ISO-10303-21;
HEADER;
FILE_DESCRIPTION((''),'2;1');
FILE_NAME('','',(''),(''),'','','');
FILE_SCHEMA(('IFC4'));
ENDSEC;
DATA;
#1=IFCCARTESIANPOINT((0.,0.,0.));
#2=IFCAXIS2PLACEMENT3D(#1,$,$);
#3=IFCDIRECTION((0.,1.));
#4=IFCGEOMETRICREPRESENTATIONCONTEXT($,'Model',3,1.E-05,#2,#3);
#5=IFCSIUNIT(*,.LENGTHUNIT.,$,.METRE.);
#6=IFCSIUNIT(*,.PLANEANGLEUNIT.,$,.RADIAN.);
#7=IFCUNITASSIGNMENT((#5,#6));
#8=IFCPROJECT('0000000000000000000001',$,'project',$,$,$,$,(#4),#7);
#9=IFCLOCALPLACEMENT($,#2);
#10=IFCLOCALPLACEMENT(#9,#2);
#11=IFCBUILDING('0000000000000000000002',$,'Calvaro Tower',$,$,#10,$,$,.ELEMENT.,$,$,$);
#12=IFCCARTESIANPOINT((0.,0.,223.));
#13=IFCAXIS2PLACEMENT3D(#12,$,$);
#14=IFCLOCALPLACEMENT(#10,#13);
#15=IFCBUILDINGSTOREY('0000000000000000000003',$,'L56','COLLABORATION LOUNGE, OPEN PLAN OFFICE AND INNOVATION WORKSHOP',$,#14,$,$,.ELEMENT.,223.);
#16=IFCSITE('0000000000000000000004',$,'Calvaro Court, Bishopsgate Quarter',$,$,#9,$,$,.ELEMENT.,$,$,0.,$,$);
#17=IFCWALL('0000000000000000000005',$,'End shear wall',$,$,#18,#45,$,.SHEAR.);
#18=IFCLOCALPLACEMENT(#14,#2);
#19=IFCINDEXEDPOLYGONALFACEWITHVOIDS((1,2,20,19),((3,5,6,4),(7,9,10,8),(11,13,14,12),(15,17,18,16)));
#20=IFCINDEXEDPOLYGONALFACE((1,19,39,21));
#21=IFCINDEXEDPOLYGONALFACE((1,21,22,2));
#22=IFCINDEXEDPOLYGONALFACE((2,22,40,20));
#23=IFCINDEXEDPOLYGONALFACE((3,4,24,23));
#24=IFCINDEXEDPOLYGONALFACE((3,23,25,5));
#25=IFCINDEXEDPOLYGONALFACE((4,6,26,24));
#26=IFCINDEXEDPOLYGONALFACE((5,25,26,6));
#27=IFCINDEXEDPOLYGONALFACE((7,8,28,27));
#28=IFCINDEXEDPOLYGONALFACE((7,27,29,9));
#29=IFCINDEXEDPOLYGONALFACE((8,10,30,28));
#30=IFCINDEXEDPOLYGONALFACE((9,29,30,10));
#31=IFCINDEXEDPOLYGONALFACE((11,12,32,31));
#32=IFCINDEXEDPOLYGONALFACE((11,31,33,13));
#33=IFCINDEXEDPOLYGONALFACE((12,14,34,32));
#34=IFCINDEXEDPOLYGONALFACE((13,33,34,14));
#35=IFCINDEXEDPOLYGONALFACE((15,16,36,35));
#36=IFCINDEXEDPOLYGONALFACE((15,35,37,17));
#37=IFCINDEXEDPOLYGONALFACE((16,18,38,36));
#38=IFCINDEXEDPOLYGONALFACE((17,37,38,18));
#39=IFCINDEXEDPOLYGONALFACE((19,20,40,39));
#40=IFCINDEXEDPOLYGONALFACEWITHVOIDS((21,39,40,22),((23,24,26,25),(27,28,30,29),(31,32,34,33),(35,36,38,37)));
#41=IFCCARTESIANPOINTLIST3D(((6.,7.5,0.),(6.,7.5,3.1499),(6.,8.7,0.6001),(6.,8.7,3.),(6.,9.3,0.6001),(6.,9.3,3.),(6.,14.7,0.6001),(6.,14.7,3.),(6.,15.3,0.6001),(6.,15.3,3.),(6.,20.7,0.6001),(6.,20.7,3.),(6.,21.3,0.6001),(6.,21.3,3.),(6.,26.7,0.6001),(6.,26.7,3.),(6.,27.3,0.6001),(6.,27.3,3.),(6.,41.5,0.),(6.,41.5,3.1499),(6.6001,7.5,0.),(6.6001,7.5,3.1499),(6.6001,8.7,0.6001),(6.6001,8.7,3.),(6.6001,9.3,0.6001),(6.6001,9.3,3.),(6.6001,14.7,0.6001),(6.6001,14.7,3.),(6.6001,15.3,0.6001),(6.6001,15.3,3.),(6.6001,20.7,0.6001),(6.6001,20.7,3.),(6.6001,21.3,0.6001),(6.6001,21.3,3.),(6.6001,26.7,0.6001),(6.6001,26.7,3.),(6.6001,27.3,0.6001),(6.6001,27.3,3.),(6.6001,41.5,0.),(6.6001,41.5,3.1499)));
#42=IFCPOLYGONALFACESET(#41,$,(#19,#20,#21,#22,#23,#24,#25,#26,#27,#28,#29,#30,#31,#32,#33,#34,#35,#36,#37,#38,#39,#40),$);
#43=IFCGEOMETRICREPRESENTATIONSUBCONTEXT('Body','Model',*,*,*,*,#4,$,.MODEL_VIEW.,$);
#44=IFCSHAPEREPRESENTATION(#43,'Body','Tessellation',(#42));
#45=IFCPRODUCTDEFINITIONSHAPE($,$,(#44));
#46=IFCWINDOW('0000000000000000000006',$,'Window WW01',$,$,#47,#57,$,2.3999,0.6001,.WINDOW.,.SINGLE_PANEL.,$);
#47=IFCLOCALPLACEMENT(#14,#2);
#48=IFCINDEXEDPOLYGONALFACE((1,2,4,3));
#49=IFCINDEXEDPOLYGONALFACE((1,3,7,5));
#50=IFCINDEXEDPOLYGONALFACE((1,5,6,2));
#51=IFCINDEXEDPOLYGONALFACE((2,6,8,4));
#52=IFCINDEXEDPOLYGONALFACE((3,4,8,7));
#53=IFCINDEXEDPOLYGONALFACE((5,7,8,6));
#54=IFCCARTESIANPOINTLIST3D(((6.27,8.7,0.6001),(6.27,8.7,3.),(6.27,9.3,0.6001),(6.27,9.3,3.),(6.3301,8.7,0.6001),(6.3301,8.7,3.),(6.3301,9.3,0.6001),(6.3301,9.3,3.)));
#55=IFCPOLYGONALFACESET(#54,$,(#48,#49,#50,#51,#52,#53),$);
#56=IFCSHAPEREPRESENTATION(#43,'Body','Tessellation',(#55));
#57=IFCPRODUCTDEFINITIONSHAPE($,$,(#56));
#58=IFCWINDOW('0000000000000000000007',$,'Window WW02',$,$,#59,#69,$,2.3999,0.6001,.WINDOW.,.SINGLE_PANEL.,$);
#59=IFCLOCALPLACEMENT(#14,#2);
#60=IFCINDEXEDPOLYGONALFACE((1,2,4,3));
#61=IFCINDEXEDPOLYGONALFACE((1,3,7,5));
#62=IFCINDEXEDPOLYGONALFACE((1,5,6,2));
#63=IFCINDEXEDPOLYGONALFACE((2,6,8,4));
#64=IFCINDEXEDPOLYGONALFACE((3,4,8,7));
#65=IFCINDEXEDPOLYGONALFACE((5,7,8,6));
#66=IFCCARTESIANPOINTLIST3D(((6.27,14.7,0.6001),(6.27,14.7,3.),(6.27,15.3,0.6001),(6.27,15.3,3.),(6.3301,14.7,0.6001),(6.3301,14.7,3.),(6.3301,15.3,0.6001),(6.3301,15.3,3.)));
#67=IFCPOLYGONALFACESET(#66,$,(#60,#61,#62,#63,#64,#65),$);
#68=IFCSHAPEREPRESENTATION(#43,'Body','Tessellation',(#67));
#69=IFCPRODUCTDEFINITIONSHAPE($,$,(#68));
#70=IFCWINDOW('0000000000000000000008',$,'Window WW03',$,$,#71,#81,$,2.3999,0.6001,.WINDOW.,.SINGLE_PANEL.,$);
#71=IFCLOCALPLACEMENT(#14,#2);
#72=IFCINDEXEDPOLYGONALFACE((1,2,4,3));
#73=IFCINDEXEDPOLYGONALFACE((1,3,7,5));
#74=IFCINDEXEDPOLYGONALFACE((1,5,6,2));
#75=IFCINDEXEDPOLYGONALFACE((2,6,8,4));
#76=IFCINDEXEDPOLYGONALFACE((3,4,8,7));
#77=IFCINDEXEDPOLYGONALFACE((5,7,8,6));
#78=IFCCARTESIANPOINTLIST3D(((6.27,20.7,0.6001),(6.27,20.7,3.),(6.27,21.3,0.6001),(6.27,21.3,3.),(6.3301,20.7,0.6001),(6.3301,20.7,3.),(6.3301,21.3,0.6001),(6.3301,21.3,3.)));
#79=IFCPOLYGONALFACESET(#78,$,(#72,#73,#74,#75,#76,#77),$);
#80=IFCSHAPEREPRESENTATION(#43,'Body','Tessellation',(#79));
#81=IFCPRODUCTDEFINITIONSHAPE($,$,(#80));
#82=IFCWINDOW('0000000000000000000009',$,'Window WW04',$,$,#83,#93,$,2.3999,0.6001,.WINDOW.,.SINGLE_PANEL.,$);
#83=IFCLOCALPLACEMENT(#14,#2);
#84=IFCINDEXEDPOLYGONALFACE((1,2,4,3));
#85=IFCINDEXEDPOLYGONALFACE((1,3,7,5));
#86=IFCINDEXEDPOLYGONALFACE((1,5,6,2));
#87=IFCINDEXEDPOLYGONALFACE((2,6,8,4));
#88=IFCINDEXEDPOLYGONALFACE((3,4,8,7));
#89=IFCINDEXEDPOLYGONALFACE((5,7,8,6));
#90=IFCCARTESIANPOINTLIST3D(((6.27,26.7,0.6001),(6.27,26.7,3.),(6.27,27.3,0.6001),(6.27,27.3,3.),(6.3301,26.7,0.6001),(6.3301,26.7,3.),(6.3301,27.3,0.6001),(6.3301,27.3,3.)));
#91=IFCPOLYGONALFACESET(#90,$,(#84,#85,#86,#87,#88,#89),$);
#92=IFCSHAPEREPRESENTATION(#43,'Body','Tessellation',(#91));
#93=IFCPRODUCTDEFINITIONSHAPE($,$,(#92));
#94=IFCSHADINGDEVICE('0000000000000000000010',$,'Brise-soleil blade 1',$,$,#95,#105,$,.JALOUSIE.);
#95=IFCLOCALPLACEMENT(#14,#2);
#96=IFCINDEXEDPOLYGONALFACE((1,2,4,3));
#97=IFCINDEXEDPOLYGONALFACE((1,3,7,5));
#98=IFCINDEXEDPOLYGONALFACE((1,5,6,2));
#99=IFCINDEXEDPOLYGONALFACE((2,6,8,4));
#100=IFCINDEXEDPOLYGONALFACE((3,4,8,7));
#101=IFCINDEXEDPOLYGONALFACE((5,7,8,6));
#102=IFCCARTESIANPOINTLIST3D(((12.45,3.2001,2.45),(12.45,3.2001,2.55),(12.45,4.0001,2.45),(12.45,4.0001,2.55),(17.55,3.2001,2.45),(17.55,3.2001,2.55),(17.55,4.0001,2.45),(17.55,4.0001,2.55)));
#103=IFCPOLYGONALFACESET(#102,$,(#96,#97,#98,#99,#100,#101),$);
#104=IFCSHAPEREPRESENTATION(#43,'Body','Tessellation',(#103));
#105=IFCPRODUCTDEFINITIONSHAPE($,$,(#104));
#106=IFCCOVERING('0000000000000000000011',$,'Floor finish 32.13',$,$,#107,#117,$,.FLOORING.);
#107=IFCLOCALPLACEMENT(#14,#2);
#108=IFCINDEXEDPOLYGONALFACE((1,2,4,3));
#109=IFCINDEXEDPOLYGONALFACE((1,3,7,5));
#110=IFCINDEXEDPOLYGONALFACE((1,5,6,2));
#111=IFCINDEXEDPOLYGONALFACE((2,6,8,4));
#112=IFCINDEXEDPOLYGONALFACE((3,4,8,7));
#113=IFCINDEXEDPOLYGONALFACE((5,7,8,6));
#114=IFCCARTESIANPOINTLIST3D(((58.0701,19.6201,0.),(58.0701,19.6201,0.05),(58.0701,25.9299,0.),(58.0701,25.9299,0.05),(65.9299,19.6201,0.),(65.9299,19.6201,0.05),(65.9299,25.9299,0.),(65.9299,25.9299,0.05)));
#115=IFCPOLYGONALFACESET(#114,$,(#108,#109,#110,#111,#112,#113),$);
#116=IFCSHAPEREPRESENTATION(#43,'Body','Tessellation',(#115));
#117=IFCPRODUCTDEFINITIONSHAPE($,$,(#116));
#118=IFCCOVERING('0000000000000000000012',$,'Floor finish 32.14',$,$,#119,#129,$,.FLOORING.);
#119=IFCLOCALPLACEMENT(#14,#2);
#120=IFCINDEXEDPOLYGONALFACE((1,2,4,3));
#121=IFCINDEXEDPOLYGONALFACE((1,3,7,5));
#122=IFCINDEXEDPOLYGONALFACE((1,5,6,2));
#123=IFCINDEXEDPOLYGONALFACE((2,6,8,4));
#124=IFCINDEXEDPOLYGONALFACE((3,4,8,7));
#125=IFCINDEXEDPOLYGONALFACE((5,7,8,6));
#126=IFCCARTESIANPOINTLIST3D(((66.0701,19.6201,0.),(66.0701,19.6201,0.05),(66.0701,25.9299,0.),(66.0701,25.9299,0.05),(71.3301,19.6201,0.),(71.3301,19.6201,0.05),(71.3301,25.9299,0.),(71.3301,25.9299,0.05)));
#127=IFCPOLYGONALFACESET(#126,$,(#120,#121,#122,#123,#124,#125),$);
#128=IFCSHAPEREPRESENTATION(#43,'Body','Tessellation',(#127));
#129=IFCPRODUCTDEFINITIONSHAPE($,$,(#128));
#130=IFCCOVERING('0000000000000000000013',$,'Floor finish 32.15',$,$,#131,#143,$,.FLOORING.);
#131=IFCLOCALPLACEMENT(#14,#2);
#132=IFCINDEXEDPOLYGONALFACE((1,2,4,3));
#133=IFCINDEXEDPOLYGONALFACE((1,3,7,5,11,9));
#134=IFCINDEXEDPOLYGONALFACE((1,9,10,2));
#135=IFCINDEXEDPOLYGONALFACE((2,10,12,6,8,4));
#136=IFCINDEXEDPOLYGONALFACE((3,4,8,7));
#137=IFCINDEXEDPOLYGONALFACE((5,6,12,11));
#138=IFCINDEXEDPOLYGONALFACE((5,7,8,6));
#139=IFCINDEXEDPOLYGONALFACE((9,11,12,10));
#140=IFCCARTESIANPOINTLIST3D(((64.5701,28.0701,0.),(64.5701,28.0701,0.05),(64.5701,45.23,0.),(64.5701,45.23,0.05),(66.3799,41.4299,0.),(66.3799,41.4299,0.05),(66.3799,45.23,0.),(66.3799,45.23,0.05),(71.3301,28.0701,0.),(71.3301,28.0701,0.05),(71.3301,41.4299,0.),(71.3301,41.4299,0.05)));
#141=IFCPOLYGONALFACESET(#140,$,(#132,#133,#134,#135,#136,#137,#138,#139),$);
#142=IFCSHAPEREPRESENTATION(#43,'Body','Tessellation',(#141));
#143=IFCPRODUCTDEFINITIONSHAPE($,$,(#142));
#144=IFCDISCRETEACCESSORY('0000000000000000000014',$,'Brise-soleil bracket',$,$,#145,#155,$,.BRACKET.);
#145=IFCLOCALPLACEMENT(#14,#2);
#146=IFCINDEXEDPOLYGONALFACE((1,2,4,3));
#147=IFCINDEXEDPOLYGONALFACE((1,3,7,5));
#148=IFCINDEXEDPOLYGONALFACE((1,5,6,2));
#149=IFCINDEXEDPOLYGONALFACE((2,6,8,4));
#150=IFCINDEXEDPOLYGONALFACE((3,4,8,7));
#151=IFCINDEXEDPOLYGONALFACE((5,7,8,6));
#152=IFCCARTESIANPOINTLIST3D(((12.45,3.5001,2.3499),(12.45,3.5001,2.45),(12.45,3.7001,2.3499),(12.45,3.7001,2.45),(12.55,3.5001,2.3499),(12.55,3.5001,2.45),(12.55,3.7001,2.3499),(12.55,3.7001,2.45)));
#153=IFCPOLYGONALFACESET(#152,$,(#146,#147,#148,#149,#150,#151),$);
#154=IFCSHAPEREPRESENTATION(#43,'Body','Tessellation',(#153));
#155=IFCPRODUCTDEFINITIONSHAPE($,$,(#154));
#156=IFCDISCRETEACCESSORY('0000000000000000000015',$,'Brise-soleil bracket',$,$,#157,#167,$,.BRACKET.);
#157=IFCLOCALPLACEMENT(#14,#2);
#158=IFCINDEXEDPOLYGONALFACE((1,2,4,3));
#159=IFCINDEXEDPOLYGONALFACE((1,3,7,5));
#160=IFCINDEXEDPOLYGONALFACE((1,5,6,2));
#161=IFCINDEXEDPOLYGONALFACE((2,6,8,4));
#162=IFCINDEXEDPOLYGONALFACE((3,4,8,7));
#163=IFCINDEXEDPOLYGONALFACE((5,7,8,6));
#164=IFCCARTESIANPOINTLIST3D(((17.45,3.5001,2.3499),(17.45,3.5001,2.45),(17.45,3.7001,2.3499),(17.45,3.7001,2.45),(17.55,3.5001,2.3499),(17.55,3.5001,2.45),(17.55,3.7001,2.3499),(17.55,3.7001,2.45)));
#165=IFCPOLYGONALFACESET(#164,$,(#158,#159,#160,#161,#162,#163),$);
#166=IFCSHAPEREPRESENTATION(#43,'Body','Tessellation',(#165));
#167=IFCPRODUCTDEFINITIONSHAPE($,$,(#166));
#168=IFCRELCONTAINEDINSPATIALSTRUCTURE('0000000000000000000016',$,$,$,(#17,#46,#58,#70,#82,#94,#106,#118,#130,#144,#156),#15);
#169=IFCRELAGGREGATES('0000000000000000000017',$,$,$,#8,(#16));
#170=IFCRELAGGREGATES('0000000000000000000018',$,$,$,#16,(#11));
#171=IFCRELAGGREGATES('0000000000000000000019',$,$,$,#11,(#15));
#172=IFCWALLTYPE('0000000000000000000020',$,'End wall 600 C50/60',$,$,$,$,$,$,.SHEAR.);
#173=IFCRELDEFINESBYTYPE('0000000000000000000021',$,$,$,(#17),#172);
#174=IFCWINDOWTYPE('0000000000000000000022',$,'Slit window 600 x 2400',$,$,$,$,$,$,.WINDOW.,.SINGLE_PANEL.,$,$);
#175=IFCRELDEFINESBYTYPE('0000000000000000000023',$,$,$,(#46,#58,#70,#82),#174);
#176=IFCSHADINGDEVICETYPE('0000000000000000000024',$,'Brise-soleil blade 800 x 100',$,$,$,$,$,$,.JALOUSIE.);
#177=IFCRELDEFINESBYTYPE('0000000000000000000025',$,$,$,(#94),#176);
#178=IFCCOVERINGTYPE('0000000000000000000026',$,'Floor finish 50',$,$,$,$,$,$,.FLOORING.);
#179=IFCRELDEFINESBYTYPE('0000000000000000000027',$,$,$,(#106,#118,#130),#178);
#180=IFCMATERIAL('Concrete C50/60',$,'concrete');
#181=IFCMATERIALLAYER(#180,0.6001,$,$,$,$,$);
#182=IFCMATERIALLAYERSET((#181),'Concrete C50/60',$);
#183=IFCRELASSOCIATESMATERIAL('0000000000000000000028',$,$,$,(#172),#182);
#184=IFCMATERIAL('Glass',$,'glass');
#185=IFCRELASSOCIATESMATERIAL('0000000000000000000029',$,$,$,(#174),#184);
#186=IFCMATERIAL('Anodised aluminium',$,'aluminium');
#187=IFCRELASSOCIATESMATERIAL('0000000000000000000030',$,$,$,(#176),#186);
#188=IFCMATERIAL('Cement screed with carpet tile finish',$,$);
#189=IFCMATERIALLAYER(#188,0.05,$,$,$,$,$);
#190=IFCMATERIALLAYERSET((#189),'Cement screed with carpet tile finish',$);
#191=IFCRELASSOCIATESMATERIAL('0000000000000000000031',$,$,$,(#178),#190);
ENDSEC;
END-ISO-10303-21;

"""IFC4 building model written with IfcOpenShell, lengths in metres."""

from ifc_helpers import new_model, si_unit, direction, frame, frame_2d, origin, origin_2d, place, context, subcontext, project, spatial, polyline, rectangle, outline, extrude, material, layer, layer_set, material_profile, profile_set, type_object, element, fill, save


model = new_model("IFC4")

# Units and contexts
model_context = context("Model", 3, precision=1e-05, world=origin(), true_north=direction((0.0, 1.0)))
body_context = subcontext(model_context, "Body", "Model", "MODEL_VIEW")
ifc_project = project(units=[si_unit("LENGTHUNIT", "METRE"), si_unit("PLANEANGLEUNIT", "RADIAN")], contexts=[model_context])

# Site, building, storey
site_placement = place(None, origin())
site = spatial("IfcSite", under=ifc_project, at=site_placement, Name="Calvaro Court, Bishopsgate Quarter", CompositionType="ELEMENT", RefElevation=0.0)
building_placement = place(site_placement, origin())
building = spatial("IfcBuilding", under=site, at=building_placement, Name="Calvaro Tower", CompositionType="ELEMENT")
storey_placement = place(building_placement, frame((0.0, 0.0, 223.0)))
storey = spatial("IfcBuildingStorey", under=building, at=storey_placement, Name="L56", Description="COLLABORATION LOUNGE, OPEN PLAN OFFICE AND INNOVATION WORKSHOP", CompositionType="ELEMENT", Elevation=223.0)

# Wall, openings, windows
ifc_material_1 = material(Name="Concrete C50/60", Category="concrete")
ifc_layer_1 = layer(ifc_material_1, 0.6001)
ifc_layer_set_1 = layer_set([ifc_layer_1], Name="Concrete C50/60")
wall_type = type_object("IfcWallType", Name="End wall 600 C50/60", PredefinedType="SHEAR", material=ifc_layer_set_1)
wall_placement = place(storey_placement, frame((6.3, 7.5, 0.0), z_axis=(0.0, 0.0, 1.0), x_axis=(0.0, 1.0, 0.0)))
wall = element("IfcWall", 1, at=wall_placement, inside=storey, type_object=wall_type, Name="End shear wall", PredefinedType="SHEAR", context=body_context, shape_type="SweptSolid", body=[
    extrude(rectangle(XDim=34.0, YDim=0.6001, at=frame_2d((17.0, 0.0))), origin(), (0.0, 0.0, 1.0), 3.1499),
])
opening_1_placement = place(wall_placement, frame((1.2, 0.0, 0.6001)))
opening_1 = element("IfcOpeningElement", 2, at=opening_1_placement, cuts=wall, PredefinedType="OPENING", context=body_context, shape_type="SweptSolid", body=[
    extrude(rectangle(XDim=0.6001, YDim=2.3999, at=frame_2d((0.3, 1.2))), frame((0.0, 0.3101, 0.0), z_axis=(0.0, -1.0, 0.0), x_axis=(1.0, 0.0, 0.0)), (0.0, 0.0, 1.0), 0.6201),
])
opening_2_placement = place(wall_placement, frame((7.2, 0.0, 0.6001)))
opening_2 = element("IfcOpeningElement", 3, at=opening_2_placement, cuts=wall, PredefinedType="OPENING", context=body_context, shape_type="SweptSolid", body=[
    extrude(rectangle(XDim=0.6001, YDim=2.3999, at=frame_2d((0.3, 1.2))), frame((0.0, 0.3101, 0.0), z_axis=(0.0, -1.0, 0.0), x_axis=(1.0, 0.0, 0.0)), (0.0, 0.0, 1.0), 0.6201),
])
opening_3_placement = place(wall_placement, frame((13.2, 0.0, 0.6001)))
opening_3 = element("IfcOpeningElement", 4, at=opening_3_placement, cuts=wall, PredefinedType="OPENING", context=body_context, shape_type="SweptSolid", body=[
    extrude(rectangle(XDim=0.6001, YDim=2.3999, at=frame_2d((0.3, 1.2))), frame((0.0, 0.3101, 0.0), z_axis=(0.0, -1.0, 0.0), x_axis=(1.0, 0.0, 0.0)), (0.0, 0.0, 1.0), 0.6201),
])
opening_4_placement = place(wall_placement, frame((19.2, 0.0, 0.6001)))
opening_4 = element("IfcOpeningElement", 5, at=opening_4_placement, cuts=wall, PredefinedType="OPENING", context=body_context, shape_type="SweptSolid", body=[
    extrude(rectangle(XDim=0.6001, YDim=2.3999, at=frame_2d((0.3, 1.2))), frame((0.0, 0.3101, 0.0), z_axis=(0.0, -1.0, 0.0), x_axis=(1.0, 0.0, 0.0)), (0.0, 0.0, 1.0), 0.6201),
])
ifc_material_2 = material(Name="Glass", Category="glass")
window_type = type_object("IfcWindowType", Name="Slit window 600 x 2400", PartitioningType="SINGLE_PANEL", PredefinedType="WINDOW", material=ifc_material_2)
window_1_placement = place(opening_1_placement, origin())
window_1 = element("IfcWindow", 6, at=window_1_placement, inside=storey, type_object=window_type, Name="Window WW01", OverallHeight=2.3999, OverallWidth=0.6001, PartitioningType="SINGLE_PANEL", PredefinedType="WINDOW", context=body_context, shape_type="SweptSolid", body=[
    extrude(rectangle(XDim=0.6001, YDim=2.3999, at=frame_2d((0.3, 1.2))), frame((0.0, 0.03, 0.0), z_axis=(0.0, -1.0, 0.0), x_axis=(1.0, 0.0, 0.0)), (0.0, 0.0, 1.0), 0.0601),
])
fill(opening_1, window_1)
window_2_placement = place(opening_2_placement, origin())
window_2 = element("IfcWindow", 7, at=window_2_placement, inside=storey, type_object=window_type, Name="Window WW02", OverallHeight=2.3999, OverallWidth=0.6001, PartitioningType="SINGLE_PANEL", PredefinedType="WINDOW", context=body_context, shape_type="SweptSolid", body=[
    extrude(rectangle(XDim=0.6001, YDim=2.3999, at=frame_2d((0.3, 1.2))), frame((0.0, 0.03, 0.0), z_axis=(0.0, -1.0, 0.0), x_axis=(1.0, 0.0, 0.0)), (0.0, 0.0, 1.0), 0.0601),
])
fill(opening_2, window_2)
window_3_placement = place(opening_3_placement, origin())
window_3 = element("IfcWindow", 8, at=window_3_placement, inside=storey, type_object=window_type, Name="Window WW03", OverallHeight=2.3999, OverallWidth=0.6001, PartitioningType="SINGLE_PANEL", PredefinedType="WINDOW", context=body_context, shape_type="SweptSolid", body=[
    extrude(rectangle(XDim=0.6001, YDim=2.3999, at=frame_2d((0.3, 1.2))), frame((0.0, 0.03, 0.0), z_axis=(0.0, -1.0, 0.0), x_axis=(1.0, 0.0, 0.0)), (0.0, 0.0, 1.0), 0.0601),
])
fill(opening_3, window_3)
window_4_placement = place(opening_4_placement, origin())
window_4 = element("IfcWindow", 9, at=window_4_placement, inside=storey, type_object=window_type, Name="Window WW04", OverallHeight=2.3999, OverallWidth=0.6001, PartitioningType="SINGLE_PANEL", PredefinedType="WINDOW", context=body_context, shape_type="SweptSolid", body=[
    extrude(rectangle(XDim=0.6001, YDim=2.3999, at=frame_2d((0.3, 1.2))), frame((0.0, 0.03, 0.0), z_axis=(0.0, -1.0, 0.0), x_axis=(1.0, 0.0, 0.0)), (0.0, 0.0, 1.0), 0.0601),
])
fill(opening_4, window_4)

# Shading device
ifc_material_3 = material(Name="Anodised aluminium", Category="aluminium")
ifc_material_profile_1 = material_profile(ifc_material_3, rectangle(XDim=0.8, YDim=0.1001, at=origin_2d()), Name="Brise-soleil blade 800 x 100")
ifc_profile_set_1 = profile_set([ifc_material_profile_1], Name="Anodised aluminium")
shading_device_type = type_object("IfcShadingDeviceType", Name="Brise-soleil blade 800 x 100", PredefinedType="JALOUSIE", material=ifc_profile_set_1)
shading_device_placement = place(storey_placement, frame((12.45, 3.6001, 2.5), z_axis=(1.0, 0.0, 0.0), x_axis=(0.0, 1.0, 0.0)))
element("IfcShadingDevice", 10, at=shading_device_placement, inside=storey, type_object=shading_device_type, Name="Brise-soleil blade 1", PredefinedType="JALOUSIE", context=body_context, shape_type="SweptSolid", body=[
    extrude(rectangle(XDim=0.8, YDim=0.1001, at=origin_2d()), origin(), (0.0, 0.0, 1.0), 5.1001),
])

# Coverings
ifc_material_4 = material(Name="Cement screed with carpet tile finish")
ifc_layer_2 = layer(ifc_material_4, 0.05)
ifc_layer_set_2 = layer_set([ifc_layer_2], Name="Cement screed with carpet tile finish")
covering_type = type_object("IfcCoveringType", Name="Floor finish 50", PredefinedType="FLOORING", material=ifc_layer_set_2)
covering_1_placement = place(storey_placement, origin())
element("IfcCovering", 11, at=covering_1_placement, inside=storey, type_object=covering_type, Name="Floor finish 32.13", PredefinedType="FLOORING", context=body_context, shape_type="SweptSolid", body=[
    extrude(outline(polyline([(58.0701, 19.6201), (58.0701, 25.9299), (65.9299, 25.9299), (65.9299, 19.6201), (58.0701, 19.6201)])), origin(), (0.0, 0.0, 1.0), 0.05),
])
covering_2_placement = place(storey_placement, origin())
element("IfcCovering", 12, at=covering_2_placement, inside=storey, type_object=covering_type, Name="Floor finish 32.14", PredefinedType="FLOORING", context=body_context, shape_type="SweptSolid", body=[
    extrude(outline(polyline([(71.3301, 19.6201), (66.0701, 19.6201), (66.0701, 25.9299), (71.3301, 25.9299), (71.3301, 19.6201)])), origin(), (0.0, 0.0, 1.0), 0.05),
])
covering_3_placement = place(storey_placement, origin())
element("IfcCovering", 13, at=covering_3_placement, inside=storey, type_object=covering_type, Name="Floor finish 32.15", PredefinedType="FLOORING", context=body_context, shape_type="SweptSolid", body=[
    extrude(outline(polyline([(71.3301, 28.0701), (64.5701, 28.0701), (64.5701, 45.23), (66.3799, 45.23), (66.3799, 41.4299), (71.3301, 41.4299), (71.3301, 28.0701)])), origin(), (0.0, 0.0, 1.0), 0.05),
])

# Discrete accessories
for number, where, z_axis, x_axis, name in (
    (14, (12.5, 3.6001, 2.3499), (0.0, 0.0, 1.0), (1.0, 0.0, 0.0), "Brise-soleil bracket"),
    (15, (17.5, 3.6001, 2.3499), (0.0, 0.0, 1.0), (1.0, 0.0, 0.0), "Brise-soleil bracket"),
):
    element("IfcDiscreteAccessory", number, at=place(storey_placement, frame(where, z_axis=z_axis, x_axis=x_axis)), inside=storey, Name=name, PredefinedType="BRACKET", context=body_context, shape_type="SweptSolid", body=[
        extrude(rectangle(XDim=0.1001, YDim=0.2, at=origin_2d()), origin(), (0.0, 0.0, 1.0), 0.1001),
    ])

save(model, "model.ifc")
